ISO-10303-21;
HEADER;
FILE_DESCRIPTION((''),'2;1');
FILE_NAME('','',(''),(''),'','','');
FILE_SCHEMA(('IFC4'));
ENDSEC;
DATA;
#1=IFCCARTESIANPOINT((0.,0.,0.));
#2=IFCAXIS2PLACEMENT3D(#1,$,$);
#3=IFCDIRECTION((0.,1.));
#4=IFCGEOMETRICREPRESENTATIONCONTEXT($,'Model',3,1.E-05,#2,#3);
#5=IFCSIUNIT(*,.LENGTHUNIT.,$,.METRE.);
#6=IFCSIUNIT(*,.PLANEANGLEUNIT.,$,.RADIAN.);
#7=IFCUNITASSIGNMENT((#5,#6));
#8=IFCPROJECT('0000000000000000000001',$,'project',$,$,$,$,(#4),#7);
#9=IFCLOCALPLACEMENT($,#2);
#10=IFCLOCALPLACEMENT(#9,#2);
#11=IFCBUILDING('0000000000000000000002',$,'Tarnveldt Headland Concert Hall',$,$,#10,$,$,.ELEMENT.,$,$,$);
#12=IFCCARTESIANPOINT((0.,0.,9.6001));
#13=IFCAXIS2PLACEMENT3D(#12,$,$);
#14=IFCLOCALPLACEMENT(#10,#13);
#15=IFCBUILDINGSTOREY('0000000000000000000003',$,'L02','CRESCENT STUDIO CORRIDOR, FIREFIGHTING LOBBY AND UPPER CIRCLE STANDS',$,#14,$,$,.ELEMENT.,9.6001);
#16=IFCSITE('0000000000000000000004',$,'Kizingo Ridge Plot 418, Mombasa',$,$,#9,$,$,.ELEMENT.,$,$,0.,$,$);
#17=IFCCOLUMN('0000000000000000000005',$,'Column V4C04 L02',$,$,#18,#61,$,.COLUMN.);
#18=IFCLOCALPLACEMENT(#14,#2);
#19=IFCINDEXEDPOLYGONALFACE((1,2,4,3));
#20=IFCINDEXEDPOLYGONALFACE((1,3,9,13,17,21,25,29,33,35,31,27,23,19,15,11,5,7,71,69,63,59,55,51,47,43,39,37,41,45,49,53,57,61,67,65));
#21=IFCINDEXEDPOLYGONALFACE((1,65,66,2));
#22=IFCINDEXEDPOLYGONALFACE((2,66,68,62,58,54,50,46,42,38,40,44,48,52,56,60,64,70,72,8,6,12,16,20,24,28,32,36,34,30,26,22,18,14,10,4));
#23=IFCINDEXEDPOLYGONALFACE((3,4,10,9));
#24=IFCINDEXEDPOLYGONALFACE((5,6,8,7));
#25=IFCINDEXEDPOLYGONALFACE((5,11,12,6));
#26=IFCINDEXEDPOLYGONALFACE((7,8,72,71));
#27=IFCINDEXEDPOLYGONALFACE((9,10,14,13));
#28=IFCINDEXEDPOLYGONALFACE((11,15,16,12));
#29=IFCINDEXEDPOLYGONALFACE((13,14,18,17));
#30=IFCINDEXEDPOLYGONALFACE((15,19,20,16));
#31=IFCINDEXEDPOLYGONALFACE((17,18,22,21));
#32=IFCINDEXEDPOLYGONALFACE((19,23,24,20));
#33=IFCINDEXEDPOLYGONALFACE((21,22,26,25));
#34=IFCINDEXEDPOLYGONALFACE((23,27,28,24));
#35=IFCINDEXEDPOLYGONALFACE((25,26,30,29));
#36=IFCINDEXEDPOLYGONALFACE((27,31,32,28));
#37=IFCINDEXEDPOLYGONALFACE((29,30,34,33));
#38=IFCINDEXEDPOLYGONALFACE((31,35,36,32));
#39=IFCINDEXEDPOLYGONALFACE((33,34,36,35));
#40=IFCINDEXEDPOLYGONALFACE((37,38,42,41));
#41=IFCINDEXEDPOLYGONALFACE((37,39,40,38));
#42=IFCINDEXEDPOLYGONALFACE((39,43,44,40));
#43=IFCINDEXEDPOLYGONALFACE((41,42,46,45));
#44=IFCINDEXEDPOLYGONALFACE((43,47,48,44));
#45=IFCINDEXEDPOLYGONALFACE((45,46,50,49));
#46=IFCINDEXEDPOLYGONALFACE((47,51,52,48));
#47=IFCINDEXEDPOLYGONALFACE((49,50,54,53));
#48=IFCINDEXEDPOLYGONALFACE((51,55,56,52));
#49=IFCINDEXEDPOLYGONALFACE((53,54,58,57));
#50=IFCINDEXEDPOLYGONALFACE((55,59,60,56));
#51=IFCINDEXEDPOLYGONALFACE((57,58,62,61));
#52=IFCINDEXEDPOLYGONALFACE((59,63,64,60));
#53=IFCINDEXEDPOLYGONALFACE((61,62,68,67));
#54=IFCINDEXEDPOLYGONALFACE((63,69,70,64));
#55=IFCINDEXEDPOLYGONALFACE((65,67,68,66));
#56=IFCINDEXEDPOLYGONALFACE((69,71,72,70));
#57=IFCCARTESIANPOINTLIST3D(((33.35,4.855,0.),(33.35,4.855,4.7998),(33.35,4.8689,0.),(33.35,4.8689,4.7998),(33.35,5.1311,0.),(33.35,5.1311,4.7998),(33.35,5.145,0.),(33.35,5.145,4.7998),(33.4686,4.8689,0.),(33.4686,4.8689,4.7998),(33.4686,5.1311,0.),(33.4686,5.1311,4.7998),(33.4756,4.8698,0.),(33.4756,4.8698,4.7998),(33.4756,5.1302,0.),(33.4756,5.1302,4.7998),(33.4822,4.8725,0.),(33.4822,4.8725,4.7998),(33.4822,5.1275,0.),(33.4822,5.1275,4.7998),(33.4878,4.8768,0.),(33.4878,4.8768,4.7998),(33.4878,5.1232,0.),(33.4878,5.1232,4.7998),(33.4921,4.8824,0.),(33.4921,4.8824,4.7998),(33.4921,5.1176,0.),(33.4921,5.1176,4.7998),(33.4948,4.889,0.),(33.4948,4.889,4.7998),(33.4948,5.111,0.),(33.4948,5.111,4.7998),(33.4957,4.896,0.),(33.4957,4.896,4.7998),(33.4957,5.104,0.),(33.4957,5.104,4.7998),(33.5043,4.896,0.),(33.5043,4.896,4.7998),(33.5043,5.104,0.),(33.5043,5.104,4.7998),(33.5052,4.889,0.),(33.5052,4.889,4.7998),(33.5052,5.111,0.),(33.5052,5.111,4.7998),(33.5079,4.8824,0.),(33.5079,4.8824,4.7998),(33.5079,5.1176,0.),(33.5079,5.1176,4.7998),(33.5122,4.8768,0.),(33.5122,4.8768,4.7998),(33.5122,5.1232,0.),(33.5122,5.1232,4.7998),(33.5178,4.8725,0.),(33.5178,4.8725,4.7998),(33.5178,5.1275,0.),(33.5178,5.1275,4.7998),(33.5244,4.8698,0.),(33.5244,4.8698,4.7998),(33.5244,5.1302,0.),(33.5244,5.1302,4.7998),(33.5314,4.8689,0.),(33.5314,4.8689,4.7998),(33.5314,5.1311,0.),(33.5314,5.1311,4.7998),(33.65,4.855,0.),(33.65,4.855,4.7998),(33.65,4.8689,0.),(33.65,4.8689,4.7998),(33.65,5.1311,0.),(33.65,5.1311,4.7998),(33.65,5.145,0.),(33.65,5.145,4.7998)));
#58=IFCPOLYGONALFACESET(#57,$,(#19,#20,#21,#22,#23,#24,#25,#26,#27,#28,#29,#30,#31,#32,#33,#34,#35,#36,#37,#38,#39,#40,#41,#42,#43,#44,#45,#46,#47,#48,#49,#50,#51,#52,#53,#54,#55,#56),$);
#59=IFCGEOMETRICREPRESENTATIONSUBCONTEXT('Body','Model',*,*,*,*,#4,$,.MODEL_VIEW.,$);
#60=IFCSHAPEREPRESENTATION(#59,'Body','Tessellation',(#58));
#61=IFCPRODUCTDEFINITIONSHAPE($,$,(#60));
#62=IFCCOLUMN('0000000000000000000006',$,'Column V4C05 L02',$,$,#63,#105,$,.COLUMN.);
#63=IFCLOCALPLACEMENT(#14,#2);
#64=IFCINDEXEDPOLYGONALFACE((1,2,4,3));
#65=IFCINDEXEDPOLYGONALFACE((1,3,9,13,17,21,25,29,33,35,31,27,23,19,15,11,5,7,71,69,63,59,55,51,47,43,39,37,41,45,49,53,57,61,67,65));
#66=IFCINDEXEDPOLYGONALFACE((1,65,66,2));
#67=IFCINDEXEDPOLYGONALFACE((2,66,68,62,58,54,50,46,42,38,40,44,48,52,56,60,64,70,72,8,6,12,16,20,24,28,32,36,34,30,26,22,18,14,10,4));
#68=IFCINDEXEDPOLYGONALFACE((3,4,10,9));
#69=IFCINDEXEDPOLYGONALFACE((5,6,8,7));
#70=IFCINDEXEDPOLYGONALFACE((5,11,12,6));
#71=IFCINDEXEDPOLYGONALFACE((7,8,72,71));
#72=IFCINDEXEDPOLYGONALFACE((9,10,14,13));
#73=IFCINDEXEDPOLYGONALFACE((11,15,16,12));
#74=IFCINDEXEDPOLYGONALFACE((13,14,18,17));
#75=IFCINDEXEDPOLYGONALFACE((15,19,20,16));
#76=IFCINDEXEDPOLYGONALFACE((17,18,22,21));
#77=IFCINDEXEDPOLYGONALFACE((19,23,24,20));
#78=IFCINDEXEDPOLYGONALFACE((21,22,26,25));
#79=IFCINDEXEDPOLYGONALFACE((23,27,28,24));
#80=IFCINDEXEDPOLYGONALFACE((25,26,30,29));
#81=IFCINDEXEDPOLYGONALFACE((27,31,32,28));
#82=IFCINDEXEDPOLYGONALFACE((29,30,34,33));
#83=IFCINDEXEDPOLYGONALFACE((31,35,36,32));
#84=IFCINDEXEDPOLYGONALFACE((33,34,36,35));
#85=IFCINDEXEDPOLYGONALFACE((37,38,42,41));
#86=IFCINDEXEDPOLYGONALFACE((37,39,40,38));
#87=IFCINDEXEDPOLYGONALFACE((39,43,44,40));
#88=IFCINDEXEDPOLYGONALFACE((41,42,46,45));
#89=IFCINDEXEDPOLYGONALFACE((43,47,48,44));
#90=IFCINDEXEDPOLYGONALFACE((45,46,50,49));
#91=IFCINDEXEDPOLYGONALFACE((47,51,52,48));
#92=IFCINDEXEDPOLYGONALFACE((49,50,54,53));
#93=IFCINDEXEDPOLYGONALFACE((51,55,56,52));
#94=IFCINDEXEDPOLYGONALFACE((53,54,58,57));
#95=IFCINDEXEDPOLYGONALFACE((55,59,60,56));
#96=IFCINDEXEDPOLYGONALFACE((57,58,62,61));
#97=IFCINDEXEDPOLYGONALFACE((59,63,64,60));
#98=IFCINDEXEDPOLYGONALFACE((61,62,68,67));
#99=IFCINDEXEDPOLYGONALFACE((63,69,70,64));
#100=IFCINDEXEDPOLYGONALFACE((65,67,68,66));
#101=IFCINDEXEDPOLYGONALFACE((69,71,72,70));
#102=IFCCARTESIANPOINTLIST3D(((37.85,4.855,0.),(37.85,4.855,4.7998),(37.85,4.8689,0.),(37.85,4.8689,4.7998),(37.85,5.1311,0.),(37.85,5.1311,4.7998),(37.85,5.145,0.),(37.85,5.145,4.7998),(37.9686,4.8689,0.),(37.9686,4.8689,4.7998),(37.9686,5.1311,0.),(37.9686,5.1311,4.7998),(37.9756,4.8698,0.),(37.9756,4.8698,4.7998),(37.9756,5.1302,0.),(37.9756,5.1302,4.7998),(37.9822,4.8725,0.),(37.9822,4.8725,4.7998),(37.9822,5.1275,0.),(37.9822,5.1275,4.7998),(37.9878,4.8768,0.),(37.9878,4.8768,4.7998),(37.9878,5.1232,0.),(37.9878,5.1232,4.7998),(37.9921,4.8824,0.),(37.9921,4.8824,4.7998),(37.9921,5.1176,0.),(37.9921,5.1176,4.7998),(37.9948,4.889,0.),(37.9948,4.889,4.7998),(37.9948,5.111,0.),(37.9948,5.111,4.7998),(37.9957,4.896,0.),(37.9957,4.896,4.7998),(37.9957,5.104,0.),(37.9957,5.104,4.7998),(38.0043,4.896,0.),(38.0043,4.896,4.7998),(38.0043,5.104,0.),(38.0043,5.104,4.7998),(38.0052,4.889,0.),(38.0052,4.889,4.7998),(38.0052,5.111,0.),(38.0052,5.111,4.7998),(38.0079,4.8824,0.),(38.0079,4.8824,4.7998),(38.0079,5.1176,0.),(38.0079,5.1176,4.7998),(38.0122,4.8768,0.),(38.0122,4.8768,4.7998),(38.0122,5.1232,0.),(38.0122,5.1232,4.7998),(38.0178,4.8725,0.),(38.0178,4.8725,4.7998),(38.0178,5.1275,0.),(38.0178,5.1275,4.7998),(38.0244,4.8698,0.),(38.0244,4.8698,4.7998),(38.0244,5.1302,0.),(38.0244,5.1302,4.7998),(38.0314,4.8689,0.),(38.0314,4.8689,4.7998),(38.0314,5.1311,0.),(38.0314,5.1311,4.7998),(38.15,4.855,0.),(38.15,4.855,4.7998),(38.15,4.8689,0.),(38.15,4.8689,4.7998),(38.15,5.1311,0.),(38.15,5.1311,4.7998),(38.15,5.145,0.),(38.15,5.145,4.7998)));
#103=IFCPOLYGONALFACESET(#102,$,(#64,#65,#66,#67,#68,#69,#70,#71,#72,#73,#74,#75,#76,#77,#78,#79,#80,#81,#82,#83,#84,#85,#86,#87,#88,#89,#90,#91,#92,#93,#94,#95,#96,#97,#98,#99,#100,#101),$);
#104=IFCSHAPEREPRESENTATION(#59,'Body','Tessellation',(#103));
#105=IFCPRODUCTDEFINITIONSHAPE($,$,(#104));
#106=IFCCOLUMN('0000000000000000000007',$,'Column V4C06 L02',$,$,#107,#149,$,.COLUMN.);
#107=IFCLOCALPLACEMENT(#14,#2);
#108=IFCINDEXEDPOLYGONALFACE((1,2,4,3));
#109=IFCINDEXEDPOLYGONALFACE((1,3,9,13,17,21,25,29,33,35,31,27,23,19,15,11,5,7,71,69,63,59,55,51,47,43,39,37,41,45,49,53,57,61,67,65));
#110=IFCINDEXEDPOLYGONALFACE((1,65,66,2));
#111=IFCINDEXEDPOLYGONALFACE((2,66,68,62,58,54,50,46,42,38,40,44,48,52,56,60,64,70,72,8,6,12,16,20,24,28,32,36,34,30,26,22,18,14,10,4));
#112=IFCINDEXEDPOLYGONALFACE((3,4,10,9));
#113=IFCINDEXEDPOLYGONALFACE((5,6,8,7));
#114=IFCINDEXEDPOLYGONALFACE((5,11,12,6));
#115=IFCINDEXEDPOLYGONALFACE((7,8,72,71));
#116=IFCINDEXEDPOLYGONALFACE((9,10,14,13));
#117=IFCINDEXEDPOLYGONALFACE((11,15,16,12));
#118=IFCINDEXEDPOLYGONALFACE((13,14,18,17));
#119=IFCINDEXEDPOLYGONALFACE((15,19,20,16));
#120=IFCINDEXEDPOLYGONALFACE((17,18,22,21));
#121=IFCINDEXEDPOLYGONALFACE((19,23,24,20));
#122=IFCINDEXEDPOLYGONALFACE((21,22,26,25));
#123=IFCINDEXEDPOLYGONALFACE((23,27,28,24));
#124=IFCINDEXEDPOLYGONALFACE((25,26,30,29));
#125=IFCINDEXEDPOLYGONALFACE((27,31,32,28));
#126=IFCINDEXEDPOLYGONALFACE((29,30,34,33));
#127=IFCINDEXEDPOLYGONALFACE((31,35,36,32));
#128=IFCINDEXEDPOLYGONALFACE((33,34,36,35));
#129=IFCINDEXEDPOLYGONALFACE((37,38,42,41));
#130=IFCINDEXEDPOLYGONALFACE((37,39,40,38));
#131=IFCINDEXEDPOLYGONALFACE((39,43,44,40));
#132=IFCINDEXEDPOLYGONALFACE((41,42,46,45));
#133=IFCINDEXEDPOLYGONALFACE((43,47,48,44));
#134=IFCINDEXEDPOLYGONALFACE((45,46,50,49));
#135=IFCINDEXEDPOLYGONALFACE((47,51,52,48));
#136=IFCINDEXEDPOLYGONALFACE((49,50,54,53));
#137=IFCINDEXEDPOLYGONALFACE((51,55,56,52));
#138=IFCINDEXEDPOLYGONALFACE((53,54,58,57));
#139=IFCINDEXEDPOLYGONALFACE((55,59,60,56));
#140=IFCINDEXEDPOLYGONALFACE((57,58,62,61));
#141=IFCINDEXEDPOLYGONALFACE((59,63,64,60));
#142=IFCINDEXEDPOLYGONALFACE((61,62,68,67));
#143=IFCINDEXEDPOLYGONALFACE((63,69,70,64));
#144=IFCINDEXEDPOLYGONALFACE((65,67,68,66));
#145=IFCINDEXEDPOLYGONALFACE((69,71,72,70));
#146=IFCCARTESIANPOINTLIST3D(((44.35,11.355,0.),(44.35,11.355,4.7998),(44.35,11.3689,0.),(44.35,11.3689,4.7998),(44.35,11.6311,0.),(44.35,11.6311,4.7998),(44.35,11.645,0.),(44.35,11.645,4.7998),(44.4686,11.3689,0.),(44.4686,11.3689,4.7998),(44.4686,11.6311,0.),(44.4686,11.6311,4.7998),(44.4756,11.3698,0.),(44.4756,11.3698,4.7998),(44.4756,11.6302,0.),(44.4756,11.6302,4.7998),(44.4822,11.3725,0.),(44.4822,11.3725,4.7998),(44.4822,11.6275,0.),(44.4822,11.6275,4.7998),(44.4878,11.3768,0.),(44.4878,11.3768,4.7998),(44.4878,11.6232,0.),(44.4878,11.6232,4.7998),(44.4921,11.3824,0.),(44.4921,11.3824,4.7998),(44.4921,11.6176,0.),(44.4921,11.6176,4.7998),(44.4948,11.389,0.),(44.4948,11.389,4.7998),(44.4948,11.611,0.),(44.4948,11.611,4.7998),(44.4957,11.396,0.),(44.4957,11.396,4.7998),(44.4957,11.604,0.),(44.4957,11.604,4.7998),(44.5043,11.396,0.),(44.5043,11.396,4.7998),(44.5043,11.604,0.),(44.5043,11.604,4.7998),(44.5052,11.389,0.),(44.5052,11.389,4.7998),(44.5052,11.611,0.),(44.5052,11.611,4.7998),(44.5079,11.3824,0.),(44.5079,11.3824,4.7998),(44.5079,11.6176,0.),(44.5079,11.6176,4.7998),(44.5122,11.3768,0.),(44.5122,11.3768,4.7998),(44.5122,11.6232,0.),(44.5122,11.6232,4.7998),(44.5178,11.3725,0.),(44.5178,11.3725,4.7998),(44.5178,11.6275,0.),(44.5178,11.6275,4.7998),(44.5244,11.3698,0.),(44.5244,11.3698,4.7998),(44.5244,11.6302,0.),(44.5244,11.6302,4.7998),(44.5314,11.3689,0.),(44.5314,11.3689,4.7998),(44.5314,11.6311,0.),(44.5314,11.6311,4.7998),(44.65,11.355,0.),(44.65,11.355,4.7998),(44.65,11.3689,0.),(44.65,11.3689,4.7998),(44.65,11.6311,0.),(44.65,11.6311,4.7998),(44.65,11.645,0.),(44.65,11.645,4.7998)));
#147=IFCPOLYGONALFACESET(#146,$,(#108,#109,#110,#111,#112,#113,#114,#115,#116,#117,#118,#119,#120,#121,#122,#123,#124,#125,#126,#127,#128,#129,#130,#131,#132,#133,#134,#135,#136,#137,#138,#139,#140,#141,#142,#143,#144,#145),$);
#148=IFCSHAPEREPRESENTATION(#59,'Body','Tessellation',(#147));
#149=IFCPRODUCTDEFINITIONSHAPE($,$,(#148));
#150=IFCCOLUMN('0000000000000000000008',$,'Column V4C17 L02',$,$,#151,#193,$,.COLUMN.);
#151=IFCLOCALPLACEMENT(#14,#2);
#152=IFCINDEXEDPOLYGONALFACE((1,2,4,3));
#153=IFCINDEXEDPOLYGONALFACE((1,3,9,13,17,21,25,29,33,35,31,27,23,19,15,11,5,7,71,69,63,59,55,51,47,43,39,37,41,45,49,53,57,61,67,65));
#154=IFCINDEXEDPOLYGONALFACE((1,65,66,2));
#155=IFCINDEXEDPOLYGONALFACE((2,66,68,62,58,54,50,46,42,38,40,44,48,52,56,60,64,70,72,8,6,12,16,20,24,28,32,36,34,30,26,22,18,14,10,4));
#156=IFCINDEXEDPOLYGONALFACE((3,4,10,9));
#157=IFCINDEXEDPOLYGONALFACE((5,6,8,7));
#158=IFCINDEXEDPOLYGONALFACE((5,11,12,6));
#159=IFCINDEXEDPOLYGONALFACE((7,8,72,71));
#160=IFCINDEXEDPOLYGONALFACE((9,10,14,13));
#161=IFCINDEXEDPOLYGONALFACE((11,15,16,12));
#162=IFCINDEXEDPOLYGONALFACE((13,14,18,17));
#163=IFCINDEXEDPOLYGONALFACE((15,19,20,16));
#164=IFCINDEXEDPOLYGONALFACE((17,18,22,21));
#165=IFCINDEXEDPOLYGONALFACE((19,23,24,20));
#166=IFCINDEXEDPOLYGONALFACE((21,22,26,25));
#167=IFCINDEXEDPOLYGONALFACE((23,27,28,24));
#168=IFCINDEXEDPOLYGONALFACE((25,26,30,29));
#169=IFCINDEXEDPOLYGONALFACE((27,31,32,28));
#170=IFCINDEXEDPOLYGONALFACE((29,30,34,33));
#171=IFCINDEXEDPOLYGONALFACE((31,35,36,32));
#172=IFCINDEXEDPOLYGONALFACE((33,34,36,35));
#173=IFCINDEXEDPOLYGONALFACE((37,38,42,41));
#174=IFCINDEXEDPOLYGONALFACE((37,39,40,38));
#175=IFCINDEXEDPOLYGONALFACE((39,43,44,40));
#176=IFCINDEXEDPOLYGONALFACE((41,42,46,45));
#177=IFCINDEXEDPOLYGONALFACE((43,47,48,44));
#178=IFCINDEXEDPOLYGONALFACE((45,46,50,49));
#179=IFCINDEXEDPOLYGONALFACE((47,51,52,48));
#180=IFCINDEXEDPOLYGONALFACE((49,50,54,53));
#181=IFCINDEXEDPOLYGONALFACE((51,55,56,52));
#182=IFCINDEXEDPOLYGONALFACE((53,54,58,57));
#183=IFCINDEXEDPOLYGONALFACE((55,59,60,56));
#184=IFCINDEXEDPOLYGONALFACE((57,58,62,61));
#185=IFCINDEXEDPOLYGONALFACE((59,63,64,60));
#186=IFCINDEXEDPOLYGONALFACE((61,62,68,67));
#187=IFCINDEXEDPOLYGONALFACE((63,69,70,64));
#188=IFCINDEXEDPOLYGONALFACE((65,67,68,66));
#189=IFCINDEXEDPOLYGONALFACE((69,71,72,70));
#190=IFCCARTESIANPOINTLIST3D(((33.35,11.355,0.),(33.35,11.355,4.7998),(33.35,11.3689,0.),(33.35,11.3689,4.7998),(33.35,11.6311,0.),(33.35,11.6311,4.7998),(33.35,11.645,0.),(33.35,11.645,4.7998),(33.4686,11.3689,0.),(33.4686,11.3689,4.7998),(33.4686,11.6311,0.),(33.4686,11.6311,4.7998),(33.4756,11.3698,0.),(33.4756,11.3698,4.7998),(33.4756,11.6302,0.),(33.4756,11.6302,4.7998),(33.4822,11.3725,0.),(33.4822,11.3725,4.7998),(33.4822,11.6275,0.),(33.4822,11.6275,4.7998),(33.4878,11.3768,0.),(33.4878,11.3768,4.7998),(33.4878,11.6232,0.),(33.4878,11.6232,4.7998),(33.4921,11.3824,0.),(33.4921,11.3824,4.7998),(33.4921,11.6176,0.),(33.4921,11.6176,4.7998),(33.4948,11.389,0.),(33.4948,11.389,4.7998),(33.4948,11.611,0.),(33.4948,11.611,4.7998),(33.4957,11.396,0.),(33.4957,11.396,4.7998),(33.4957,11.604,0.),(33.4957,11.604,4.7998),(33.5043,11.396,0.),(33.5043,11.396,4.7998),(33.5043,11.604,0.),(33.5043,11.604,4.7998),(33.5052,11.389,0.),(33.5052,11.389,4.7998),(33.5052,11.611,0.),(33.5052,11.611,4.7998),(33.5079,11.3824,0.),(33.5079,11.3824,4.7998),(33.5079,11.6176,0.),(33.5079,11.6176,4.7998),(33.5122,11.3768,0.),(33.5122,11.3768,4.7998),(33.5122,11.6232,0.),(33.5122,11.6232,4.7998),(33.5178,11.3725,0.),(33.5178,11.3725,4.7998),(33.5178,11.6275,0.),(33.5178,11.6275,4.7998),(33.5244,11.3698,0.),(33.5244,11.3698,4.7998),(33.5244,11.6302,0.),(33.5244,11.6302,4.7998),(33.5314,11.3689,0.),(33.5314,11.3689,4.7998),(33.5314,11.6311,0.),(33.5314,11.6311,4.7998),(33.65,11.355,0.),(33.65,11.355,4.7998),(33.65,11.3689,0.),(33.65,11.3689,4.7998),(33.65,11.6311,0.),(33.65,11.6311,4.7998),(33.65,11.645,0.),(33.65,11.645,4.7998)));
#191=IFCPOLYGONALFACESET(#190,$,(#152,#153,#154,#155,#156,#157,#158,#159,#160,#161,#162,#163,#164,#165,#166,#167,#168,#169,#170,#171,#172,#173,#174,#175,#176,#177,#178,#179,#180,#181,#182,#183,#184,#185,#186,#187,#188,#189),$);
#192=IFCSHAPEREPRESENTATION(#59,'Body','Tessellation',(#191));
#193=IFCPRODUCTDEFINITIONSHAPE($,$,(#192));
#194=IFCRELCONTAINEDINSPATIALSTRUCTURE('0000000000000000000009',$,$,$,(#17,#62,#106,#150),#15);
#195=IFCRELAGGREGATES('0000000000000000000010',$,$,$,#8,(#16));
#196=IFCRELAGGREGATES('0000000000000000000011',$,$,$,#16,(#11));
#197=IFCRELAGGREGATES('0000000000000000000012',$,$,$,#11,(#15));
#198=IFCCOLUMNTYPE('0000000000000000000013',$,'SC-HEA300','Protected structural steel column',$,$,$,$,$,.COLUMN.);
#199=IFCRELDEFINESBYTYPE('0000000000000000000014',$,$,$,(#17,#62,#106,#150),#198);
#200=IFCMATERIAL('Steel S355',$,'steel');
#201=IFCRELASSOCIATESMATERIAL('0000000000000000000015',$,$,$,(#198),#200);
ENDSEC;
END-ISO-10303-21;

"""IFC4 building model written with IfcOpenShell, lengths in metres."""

from ifc_helpers import new_model, si_unit, direction, frame, origin, origin_2d, place, context, subcontext, project, spatial, i_section, extrude, material, material_profile, profile_set, type_object, element, save


model = new_model("IFC4")

# Units and contexts
model_context = context("Model", 3, precision=1e-05, world=origin(), true_north=direction((0.0, 1.0)))
body_context = subcontext(model_context, "Body", "Model", "MODEL_VIEW")
ifc_project = project(units=[si_unit("LENGTHUNIT", "METRE"), si_unit("PLANEANGLEUNIT", "RADIAN")], contexts=[model_context])

# Site, building, storey
site_placement = place(None, origin())
site = spatial("IfcSite", under=ifc_project, at=site_placement, Name="Kizingo Ridge Plot 418, Mombasa", CompositionType="ELEMENT", RefElevation=0.0)
building_placement = place(site_placement, origin())
building = spatial("IfcBuilding", under=site, at=building_placement, Name="Tarnveldt Headland Concert Hall", CompositionType="ELEMENT")
storey_placement = place(building_placement, frame((0.0, 0.0, 9.6001)))
storey = spatial("IfcBuildingStorey", under=building, at=storey_placement, Name="L02", Description="CRESCENT STUDIO CORRIDOR, FIREFIGHTING LOBBY AND UPPER CIRCLE STANDS", CompositionType="ELEMENT", Elevation=9.6001)

# Columns
ifc_material_1 = material(Name="Steel S355", Category="steel")
ifc_material_profile_1 = material_profile(ifc_material_1, i_section(OverallWidth=0.3, OverallDepth=0.29, WebThickness=0.0085, FlangeThickness=0.0139, FilletRadius=0.0271, at=origin_2d()), Name="HEA300", Category="steel")
ifc_profile_set_1 = profile_set([ifc_material_profile_1], Name="Steel S355")
column_type = type_object("IfcColumnType", Name="SC-HEA300", Description="Protected structural steel column", PredefinedType="COLUMN", material=ifc_profile_set_1)
for number, where, z_axis, x_axis, name in (
    (1, (33.5, 5.0, 0.0), (0.0, 0.0, 1.0), (1.0, 0.0, 0.0), "Column V4C04 L02"),
    (2, (38.0, 5.0, 0.0), (0.0, 0.0, 1.0), (1.0, 0.0, 0.0), "Column V4C05 L02"),
    (3, (44.5, 11.5, 0.0), (0.0, 0.0, 1.0), (1.0, 0.0, 0.0), "Column V4C06 L02"),
    (4, (33.5, 11.5, 0.0), (0.0, 0.0, 1.0), (1.0, 0.0, 0.0), "Column V4C17 L02"),
):
    element("IfcColumn", number, at=place(storey_placement, frame(where, z_axis=z_axis, x_axis=x_axis)), inside=storey, type_object=column_type, Name=name, PredefinedType="COLUMN", context=body_context, shape_type="SweptSolid", body=[
        extrude(i_section(OverallWidth=0.3, OverallDepth=0.29, WebThickness=0.0085, FlangeThickness=0.0139, FilletRadius=0.0271, at=origin_2d()), origin(), (0.0, 0.0, 1.0), 4.7998),
    ])

save(model, "model.ifc")
